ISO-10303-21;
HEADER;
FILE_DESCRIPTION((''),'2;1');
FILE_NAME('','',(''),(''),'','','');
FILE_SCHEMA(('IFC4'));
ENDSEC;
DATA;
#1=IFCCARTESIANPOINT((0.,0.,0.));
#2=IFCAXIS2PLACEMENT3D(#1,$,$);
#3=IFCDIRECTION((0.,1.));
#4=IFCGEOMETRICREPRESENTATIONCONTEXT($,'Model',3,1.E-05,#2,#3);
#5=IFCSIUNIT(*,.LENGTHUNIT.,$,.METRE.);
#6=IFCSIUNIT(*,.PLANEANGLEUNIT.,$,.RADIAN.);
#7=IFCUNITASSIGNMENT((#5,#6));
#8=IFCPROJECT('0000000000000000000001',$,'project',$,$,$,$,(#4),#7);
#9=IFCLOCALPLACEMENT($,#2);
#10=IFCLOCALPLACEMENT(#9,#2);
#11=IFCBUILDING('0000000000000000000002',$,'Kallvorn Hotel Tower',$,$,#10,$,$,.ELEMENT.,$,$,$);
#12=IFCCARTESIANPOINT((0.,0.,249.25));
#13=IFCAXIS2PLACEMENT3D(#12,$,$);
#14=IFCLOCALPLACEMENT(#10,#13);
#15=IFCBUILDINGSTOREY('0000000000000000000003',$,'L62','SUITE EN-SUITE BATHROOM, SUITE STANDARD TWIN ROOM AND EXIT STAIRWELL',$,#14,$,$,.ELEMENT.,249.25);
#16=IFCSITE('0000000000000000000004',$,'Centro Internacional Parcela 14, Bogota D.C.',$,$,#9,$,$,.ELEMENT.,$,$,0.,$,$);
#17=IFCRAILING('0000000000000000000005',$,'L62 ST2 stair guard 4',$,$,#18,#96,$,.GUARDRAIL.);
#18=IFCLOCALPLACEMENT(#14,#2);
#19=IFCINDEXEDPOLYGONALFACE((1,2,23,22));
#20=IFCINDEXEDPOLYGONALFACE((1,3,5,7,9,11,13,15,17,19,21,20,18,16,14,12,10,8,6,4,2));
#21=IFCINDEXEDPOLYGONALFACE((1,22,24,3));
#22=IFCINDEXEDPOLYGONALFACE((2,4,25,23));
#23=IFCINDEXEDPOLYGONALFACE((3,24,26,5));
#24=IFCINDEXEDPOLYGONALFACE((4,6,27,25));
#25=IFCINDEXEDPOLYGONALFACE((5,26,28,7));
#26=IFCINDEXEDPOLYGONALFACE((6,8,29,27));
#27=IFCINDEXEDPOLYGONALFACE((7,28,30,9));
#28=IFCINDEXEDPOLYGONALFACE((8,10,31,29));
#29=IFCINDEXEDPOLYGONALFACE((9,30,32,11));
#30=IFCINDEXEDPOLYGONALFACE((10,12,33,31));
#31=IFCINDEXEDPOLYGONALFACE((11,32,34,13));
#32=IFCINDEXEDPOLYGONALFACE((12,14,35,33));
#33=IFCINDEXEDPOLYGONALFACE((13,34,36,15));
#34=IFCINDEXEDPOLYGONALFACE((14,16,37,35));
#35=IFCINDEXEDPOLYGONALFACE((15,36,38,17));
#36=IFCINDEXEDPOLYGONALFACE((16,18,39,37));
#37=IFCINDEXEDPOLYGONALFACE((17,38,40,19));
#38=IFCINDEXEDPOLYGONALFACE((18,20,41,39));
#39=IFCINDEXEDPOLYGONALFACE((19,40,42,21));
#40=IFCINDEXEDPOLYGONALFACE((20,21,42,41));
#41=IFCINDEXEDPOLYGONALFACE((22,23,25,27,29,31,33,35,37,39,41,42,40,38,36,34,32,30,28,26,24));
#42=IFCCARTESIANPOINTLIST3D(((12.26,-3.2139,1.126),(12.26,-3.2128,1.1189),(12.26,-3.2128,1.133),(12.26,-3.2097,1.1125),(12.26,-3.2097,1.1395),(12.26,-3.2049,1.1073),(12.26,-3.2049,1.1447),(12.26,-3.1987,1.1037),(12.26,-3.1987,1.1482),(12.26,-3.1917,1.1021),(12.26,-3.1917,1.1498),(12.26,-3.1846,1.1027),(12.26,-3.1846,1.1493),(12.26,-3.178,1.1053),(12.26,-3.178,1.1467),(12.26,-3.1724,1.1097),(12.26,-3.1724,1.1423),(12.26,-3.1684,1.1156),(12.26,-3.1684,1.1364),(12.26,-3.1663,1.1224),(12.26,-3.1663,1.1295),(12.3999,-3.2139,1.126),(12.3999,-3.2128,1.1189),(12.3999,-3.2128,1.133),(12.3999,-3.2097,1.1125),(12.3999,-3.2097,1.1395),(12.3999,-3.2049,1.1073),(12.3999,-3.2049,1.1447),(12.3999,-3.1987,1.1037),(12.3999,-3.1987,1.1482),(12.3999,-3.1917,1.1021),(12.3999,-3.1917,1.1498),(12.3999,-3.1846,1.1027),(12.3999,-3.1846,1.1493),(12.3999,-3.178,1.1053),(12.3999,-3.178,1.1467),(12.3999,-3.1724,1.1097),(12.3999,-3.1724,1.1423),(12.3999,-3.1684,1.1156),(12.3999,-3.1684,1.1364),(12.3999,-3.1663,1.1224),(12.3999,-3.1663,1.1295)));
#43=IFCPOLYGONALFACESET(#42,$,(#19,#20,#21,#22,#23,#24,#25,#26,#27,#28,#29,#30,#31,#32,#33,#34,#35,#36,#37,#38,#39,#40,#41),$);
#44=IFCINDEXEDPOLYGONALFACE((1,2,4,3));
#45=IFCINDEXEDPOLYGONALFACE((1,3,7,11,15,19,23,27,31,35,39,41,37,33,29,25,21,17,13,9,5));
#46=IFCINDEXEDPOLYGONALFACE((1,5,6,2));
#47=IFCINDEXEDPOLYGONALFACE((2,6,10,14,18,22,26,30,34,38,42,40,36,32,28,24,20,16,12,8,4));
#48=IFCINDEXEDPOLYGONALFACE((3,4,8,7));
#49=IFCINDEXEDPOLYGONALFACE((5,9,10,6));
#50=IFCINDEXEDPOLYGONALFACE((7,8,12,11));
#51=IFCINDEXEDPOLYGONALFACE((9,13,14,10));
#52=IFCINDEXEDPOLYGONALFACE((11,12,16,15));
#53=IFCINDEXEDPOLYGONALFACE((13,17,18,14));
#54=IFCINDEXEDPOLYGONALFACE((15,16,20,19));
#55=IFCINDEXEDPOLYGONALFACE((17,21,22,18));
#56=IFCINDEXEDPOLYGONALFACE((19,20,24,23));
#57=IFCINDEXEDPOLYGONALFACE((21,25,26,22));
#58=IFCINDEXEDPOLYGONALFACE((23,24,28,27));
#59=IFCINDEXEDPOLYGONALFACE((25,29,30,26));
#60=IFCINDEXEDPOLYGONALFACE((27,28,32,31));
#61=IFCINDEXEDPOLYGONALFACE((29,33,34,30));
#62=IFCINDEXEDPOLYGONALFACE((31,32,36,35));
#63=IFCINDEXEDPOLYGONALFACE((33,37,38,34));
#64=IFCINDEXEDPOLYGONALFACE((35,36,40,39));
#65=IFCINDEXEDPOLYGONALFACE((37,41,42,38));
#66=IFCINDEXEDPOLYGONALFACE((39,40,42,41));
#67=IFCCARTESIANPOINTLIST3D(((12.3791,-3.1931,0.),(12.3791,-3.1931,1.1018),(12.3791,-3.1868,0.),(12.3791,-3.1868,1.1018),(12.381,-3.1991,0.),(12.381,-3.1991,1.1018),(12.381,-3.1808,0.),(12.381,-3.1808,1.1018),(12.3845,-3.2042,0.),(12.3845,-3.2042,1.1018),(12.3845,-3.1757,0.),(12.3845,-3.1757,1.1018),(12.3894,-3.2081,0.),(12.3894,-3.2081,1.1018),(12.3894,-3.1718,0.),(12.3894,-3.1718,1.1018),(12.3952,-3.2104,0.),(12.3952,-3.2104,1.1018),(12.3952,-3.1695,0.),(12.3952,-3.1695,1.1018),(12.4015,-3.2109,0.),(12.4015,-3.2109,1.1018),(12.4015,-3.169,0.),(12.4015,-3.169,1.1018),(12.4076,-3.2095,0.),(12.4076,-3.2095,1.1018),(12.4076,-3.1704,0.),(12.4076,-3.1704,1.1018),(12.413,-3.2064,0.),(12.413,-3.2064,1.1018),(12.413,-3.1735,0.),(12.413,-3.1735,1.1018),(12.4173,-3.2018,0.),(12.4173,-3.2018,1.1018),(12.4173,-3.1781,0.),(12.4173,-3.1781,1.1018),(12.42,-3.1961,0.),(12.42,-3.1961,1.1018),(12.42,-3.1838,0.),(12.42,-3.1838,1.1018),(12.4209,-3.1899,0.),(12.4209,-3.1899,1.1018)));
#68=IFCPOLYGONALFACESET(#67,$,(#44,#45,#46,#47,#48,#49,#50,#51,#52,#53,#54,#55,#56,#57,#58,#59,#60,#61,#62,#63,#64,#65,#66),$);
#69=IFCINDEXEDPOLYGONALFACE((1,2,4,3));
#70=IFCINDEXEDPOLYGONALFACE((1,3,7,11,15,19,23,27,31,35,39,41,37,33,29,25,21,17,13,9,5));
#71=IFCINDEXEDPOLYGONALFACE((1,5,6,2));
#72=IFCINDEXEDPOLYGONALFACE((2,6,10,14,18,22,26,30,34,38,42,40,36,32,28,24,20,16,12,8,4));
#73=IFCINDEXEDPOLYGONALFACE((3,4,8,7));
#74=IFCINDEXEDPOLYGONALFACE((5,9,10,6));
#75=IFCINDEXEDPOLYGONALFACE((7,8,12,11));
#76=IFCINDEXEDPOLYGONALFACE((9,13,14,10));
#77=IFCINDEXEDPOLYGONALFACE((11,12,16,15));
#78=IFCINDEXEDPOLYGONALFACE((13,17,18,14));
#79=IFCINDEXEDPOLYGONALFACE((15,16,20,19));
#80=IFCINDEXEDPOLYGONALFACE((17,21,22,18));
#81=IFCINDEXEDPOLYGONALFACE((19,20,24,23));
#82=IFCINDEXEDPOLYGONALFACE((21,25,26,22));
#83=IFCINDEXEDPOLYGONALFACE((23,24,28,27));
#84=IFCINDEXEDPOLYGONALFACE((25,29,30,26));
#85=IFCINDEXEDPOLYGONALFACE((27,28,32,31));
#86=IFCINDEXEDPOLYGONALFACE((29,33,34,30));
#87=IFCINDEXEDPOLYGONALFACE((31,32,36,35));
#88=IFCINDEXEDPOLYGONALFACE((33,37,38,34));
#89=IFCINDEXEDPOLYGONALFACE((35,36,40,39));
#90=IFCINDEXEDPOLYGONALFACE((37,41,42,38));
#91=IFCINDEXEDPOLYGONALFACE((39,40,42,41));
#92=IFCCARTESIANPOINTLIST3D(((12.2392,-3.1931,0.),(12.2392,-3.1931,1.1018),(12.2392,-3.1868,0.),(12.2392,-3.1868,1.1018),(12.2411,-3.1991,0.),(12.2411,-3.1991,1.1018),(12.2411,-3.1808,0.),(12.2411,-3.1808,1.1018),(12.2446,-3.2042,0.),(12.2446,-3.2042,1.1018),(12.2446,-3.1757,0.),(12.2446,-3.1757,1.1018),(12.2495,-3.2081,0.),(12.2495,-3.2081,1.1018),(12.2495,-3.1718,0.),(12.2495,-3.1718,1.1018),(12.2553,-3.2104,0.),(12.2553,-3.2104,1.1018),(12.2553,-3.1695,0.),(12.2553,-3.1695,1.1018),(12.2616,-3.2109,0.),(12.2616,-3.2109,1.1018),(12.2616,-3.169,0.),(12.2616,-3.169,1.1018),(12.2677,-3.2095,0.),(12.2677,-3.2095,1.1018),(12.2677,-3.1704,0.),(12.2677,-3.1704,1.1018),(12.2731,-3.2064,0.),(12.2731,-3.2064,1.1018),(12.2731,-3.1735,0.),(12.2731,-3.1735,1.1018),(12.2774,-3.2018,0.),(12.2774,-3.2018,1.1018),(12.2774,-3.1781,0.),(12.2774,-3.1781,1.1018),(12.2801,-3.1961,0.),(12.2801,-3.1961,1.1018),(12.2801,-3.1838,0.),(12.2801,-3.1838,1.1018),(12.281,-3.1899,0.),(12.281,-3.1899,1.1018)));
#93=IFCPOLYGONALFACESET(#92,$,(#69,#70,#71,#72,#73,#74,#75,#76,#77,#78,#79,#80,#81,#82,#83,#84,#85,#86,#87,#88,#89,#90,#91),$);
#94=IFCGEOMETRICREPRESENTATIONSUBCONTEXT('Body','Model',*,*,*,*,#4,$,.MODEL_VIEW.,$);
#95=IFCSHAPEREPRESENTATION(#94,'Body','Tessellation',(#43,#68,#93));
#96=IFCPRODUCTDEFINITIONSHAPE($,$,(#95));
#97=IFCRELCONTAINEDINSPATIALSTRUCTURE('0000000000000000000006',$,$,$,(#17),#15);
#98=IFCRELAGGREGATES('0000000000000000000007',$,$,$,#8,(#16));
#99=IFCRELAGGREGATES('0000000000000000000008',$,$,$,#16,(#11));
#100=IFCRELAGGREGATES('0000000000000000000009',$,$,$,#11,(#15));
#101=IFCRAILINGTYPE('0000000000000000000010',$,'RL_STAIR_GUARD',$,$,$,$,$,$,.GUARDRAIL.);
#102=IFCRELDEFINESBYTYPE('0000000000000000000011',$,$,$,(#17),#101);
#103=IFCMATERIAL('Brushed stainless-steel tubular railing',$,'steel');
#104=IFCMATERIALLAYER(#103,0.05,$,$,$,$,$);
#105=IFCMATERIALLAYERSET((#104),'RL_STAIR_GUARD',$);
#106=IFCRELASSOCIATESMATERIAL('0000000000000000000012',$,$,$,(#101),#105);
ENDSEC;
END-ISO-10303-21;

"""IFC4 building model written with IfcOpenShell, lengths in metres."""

from ifc_helpers import new_model, si_unit, direction, frame, origin, origin_2d, place, context, subcontext, project, spatial, circle, extrude, material, layer, layer_set, type_object, element, save


model = new_model("IFC4")

# Units and contexts
model_context = context("Model", 3, precision=1e-05, world=origin(), true_north=direction((0.0, 1.0)))
body_context = subcontext(model_context, "Body", "Model", "MODEL_VIEW")
ifc_project = project(units=[si_unit("LENGTHUNIT", "METRE"), si_unit("PLANEANGLEUNIT", "RADIAN")], contexts=[model_context])

# Site, building, storey
site_placement = place(None, origin())
site = spatial("IfcSite", under=ifc_project, at=site_placement, Name="Centro Internacional Parcela 14, Bogota D.C.", CompositionType="ELEMENT", RefElevation=0.0)
building_placement = place(site_placement, origin())
building = spatial("IfcBuilding", under=site, at=building_placement, Name="Kallvorn Hotel Tower", CompositionType="ELEMENT")
storey_placement = place(building_placement, frame((0.0, 0.0, 249.25)))
storey = spatial("IfcBuildingStorey", under=building, at=storey_placement, Name="L62", Description="SUITE EN-SUITE BATHROOM, SUITE STANDARD TWIN ROOM AND EXIT STAIRWELL", CompositionType="ELEMENT", Elevation=249.25)

# Railing
ifc_material_1 = material(Name="Brushed stainless-steel tubular railing", Category="steel")
ifc_layer_1 = layer(ifc_material_1, 0.05)
ifc_layer_set_1 = layer_set([ifc_layer_1], Name="RL_STAIR_GUARD")
railing_type_1 = type_object("IfcRailingType", Name="RL_STAIR_GUARD", PredefinedType="GUARDRAIL", material=ifc_layer_set_1)
railing_1_placement = place(storey_placement, frame((12.3999, -3.1899, 0.0)))
element("IfcRailing", 1, at=railing_1_placement, inside=storey, type_object=railing_type_1, Name="L62 ST2 stair guard 4", PredefinedType="GUARDRAIL", context=body_context, shape_type="SweptSolid", body=[
    extrude(circle(Radius=0.0239, at=origin_2d()), frame((0.0, 0.0, 1.126), z_axis=(-1.0, 0.0, 0.0), x_axis=(0.0, -1.0, 0.0)), (0.0, 0.0, 1.0), 0.1399),
    extrude(circle(Radius=0.021, at=origin_2d()), origin(), (0.0, 0.0, 1.0), 1.1018),
    extrude(circle(Radius=0.021, at=origin_2d()), frame((-0.1399, 0.0, 0.0)), (0.0, 0.0, 1.0), 1.1018),
])

save(model, "model.ifc")
